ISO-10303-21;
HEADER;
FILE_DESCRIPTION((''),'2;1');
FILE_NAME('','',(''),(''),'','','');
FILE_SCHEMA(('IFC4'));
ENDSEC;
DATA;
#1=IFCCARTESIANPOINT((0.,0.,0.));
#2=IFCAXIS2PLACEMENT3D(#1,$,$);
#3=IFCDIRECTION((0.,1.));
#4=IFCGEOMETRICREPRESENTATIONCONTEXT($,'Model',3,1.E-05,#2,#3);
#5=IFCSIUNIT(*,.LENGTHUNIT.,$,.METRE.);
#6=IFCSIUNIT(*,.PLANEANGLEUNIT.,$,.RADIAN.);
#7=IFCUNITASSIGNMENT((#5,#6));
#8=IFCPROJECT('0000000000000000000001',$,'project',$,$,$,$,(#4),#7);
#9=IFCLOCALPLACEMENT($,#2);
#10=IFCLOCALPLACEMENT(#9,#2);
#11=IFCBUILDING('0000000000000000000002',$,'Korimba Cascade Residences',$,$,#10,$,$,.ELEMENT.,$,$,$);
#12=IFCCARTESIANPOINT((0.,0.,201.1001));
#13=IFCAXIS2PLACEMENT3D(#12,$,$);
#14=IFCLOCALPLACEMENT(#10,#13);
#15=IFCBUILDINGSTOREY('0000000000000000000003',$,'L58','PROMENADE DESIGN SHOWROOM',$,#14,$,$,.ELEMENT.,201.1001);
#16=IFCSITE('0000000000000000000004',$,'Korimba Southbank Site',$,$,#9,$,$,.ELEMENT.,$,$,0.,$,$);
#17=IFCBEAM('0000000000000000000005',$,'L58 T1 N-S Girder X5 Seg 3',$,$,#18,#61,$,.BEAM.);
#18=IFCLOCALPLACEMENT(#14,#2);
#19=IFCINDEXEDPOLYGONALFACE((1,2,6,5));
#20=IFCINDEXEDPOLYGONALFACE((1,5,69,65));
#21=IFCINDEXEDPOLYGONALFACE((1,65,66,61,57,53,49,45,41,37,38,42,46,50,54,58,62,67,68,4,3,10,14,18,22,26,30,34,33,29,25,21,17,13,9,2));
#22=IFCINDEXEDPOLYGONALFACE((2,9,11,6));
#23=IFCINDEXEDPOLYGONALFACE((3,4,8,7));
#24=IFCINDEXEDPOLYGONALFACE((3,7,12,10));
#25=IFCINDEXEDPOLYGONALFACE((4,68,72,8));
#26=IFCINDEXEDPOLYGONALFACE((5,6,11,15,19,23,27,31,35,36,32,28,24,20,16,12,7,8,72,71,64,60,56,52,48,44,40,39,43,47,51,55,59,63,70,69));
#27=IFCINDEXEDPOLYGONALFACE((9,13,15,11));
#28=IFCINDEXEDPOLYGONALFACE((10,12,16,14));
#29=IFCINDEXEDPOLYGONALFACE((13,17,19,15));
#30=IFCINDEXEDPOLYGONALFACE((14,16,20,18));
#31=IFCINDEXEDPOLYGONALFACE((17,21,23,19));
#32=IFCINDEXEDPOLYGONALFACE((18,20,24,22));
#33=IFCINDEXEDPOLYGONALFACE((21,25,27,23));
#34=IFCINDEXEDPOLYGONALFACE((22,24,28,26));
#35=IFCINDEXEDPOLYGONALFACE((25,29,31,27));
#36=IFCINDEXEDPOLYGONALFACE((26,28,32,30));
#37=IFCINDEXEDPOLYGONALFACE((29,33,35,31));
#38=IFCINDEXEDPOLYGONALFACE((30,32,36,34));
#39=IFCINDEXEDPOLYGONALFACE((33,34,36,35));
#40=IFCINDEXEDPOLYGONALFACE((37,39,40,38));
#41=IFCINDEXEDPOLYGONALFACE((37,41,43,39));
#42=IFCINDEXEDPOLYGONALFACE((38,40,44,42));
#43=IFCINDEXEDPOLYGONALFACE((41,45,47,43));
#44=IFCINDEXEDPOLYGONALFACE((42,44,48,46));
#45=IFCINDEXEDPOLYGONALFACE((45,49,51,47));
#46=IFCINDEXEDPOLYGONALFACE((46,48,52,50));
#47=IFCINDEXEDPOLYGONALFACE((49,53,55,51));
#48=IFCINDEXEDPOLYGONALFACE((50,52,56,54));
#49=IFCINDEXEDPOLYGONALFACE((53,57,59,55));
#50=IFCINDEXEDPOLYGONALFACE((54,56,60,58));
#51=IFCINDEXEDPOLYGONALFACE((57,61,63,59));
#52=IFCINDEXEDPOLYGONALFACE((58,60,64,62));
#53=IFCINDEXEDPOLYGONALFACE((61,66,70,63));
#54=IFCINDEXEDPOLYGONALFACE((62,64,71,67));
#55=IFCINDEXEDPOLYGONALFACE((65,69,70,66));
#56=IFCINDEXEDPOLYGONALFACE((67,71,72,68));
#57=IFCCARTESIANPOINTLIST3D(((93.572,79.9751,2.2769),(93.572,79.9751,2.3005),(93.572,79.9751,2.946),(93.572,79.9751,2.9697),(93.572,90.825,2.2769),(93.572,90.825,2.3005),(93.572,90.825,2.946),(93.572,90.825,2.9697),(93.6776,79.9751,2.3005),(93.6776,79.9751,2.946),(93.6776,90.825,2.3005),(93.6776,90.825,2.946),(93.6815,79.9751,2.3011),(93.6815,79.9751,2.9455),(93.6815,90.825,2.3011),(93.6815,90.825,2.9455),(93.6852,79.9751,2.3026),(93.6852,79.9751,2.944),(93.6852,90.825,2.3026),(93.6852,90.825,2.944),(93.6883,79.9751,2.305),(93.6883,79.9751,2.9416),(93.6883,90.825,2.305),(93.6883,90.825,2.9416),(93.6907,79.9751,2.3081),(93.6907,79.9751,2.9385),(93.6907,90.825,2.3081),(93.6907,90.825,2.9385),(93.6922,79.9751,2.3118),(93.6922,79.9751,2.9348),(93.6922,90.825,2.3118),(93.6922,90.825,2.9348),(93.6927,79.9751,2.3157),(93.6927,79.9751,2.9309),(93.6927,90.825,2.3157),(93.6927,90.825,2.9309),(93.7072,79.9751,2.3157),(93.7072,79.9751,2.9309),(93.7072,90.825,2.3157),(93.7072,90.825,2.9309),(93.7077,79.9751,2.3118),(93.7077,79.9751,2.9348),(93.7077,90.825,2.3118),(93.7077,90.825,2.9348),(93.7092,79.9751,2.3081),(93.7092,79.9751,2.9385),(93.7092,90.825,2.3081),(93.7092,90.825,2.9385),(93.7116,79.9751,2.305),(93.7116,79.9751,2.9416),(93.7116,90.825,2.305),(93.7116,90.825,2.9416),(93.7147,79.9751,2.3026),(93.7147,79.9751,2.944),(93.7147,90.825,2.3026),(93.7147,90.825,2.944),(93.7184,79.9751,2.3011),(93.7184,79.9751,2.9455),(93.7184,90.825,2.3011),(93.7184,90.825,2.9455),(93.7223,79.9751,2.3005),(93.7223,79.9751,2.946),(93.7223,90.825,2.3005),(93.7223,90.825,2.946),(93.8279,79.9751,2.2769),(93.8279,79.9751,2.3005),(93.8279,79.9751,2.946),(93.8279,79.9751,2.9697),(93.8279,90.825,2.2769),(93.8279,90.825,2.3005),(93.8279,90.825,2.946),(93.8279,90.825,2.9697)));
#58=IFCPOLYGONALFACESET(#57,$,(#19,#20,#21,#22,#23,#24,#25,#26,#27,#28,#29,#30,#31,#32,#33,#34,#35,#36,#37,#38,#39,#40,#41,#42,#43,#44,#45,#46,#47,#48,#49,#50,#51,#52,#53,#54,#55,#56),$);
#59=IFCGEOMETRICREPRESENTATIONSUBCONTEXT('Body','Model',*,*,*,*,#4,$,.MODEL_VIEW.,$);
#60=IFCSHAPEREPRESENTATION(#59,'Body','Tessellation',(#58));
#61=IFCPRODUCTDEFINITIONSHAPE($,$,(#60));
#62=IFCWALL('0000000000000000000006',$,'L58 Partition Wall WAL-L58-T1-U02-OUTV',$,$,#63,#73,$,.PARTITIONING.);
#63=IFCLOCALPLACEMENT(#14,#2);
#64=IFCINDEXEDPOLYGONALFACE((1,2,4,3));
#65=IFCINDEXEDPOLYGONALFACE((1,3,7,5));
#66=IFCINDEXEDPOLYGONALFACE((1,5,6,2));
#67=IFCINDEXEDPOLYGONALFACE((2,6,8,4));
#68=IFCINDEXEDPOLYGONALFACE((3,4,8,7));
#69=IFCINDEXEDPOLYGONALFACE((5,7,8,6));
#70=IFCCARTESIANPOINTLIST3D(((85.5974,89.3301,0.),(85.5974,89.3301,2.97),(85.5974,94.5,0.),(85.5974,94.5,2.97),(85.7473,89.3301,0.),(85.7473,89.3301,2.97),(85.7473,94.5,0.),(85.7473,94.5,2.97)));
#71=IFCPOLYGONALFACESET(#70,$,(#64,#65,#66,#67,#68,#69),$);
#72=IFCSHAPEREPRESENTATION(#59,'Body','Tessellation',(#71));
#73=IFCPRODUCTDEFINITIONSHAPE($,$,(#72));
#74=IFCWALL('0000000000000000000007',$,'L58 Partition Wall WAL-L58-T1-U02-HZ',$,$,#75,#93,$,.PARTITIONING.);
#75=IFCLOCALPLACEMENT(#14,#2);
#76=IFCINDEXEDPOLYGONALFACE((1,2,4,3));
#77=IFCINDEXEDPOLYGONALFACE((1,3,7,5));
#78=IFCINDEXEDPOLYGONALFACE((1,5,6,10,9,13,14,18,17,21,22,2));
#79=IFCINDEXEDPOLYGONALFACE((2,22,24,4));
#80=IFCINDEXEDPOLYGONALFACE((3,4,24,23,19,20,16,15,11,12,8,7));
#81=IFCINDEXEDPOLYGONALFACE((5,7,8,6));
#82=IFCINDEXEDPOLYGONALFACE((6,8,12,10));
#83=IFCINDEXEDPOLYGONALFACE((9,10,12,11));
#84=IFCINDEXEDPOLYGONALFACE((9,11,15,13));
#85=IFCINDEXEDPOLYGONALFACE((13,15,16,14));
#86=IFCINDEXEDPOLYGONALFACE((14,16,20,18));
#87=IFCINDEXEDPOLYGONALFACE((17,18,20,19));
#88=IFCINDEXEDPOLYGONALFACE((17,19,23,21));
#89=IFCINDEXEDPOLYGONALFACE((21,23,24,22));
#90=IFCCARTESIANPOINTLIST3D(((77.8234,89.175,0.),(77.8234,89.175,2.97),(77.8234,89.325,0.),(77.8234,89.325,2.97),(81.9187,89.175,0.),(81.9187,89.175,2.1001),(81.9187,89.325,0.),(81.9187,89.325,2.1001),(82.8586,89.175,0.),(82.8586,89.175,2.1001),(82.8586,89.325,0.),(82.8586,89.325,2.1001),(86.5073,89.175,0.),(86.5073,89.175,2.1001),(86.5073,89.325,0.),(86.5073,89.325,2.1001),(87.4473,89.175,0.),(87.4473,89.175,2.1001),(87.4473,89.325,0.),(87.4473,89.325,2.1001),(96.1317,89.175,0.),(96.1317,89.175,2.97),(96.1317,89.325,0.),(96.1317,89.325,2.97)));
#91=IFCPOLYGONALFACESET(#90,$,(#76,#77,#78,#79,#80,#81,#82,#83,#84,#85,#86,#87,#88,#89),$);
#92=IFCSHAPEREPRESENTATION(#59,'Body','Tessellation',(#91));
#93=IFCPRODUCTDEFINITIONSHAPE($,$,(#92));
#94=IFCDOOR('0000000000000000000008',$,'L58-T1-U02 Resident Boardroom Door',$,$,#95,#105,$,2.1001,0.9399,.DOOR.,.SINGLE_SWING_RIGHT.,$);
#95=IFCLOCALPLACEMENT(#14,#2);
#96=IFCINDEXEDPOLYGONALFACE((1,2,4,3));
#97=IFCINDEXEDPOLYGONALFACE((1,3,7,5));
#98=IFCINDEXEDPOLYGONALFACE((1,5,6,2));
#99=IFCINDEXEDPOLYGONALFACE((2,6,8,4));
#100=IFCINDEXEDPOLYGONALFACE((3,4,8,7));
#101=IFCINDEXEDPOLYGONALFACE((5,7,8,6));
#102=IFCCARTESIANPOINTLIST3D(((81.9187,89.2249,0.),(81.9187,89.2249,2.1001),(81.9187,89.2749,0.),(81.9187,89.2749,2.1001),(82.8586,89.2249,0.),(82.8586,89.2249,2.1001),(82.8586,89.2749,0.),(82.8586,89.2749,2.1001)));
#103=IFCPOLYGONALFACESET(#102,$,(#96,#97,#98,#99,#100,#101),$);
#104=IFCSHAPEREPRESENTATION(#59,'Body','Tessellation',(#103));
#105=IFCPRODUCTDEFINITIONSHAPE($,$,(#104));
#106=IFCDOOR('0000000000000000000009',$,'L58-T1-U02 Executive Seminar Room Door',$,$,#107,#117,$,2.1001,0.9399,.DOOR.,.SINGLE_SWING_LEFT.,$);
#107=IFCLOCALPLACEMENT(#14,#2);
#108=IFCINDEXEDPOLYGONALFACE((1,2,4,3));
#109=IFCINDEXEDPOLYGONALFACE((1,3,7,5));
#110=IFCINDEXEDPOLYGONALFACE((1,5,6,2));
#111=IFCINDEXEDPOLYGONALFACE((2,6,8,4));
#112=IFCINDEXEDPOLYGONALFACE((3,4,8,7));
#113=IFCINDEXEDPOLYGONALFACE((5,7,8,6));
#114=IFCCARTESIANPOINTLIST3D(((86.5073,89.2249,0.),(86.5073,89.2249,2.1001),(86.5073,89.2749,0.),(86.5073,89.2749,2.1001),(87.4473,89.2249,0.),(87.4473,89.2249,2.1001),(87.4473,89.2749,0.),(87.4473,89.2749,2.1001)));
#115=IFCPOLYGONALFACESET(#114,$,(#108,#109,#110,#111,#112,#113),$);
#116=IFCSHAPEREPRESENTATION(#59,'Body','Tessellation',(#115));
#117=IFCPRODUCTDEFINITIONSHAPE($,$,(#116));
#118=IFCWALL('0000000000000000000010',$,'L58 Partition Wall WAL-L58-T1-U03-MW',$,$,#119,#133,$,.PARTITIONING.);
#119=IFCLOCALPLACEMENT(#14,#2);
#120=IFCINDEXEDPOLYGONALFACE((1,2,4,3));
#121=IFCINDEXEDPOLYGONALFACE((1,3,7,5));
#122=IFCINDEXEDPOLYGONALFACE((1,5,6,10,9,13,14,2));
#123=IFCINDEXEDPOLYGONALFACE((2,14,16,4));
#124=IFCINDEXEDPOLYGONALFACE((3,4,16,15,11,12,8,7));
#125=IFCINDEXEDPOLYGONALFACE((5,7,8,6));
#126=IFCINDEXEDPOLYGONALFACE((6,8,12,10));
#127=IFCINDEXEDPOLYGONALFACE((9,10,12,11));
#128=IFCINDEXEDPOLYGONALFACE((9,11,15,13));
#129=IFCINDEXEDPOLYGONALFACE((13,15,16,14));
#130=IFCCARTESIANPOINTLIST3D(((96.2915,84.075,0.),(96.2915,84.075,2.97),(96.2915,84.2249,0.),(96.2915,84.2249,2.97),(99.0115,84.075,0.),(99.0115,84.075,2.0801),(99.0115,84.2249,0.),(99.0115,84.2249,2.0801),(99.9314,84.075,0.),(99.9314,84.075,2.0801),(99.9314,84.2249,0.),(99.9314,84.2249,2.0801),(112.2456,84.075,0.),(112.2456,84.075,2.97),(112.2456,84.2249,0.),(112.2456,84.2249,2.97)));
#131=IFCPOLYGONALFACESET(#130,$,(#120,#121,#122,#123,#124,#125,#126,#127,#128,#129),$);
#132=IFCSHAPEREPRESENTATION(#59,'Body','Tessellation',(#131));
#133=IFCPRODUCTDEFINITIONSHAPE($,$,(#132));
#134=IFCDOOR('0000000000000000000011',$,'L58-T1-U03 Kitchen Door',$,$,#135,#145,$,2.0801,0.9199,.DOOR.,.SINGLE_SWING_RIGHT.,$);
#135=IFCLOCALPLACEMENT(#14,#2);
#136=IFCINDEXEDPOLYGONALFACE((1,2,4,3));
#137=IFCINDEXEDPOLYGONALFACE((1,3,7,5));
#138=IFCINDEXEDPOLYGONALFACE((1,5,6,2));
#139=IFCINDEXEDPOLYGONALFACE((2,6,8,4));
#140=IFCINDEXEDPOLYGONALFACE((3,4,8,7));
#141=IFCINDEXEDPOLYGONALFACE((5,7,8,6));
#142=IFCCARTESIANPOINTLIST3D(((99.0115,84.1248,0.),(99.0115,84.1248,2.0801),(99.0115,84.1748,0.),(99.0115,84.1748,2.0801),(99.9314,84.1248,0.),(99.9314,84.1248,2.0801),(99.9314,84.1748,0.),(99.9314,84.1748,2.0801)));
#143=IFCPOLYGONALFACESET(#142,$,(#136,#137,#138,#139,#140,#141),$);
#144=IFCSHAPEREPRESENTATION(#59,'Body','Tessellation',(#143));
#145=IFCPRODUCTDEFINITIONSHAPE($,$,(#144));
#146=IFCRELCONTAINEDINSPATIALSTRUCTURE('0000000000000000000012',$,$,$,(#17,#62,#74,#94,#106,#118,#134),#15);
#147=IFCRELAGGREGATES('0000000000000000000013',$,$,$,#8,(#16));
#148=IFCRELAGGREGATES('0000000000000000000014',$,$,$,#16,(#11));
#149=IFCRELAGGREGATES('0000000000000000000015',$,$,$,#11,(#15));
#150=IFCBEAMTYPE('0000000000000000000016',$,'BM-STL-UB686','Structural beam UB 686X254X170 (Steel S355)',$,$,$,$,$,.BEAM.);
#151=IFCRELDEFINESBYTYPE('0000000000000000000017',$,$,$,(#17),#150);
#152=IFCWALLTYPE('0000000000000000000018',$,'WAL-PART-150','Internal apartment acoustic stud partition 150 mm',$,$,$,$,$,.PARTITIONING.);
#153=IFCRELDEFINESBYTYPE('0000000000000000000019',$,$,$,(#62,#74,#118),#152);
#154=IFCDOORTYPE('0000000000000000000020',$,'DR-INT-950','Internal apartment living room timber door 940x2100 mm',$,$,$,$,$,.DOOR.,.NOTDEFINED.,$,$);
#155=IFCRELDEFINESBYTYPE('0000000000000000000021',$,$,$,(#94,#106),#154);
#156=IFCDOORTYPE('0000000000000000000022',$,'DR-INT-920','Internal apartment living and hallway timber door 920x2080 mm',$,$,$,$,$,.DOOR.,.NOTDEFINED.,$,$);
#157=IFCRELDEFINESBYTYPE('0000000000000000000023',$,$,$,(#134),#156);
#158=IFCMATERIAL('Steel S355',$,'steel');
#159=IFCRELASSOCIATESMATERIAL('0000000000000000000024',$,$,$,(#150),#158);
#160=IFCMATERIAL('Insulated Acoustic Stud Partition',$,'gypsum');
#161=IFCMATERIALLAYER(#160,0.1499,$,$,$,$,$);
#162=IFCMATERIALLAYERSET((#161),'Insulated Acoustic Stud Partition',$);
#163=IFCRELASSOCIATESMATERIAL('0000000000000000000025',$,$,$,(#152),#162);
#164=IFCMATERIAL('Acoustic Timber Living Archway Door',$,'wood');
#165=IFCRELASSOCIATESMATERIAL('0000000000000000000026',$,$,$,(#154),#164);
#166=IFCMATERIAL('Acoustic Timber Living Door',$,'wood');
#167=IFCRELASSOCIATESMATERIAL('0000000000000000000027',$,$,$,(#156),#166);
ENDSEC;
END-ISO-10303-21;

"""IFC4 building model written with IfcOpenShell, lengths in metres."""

from ifc_helpers import new_model, si_unit, direction, frame, frame_2d, origin, origin_2d, place, context, subcontext, project, spatial, rectangle, i_section, extrude, material, layer, layer_set, material_profile, profile_set, type_object, element, fill, save


model = new_model("IFC4")

# Units and contexts
model_context = context("Model", 3, precision=1e-05, world=origin(), true_north=direction((0.0, 1.0)))
body_context = subcontext(model_context, "Body", "Model", "MODEL_VIEW")
ifc_project = project(units=[si_unit("LENGTHUNIT", "METRE"), si_unit("PLANEANGLEUNIT", "RADIAN")], contexts=[model_context])

# Site, building, storey
site_placement = place(None, origin())
site = spatial("IfcSite", under=ifc_project, at=site_placement, Name="Korimba Southbank Site", CompositionType="ELEMENT", RefElevation=0.0)
building_placement = place(site_placement, origin())
building = spatial("IfcBuilding", under=site, at=building_placement, Name="Korimba Cascade Residences", CompositionType="ELEMENT")
storey_placement = place(building_placement, frame((0.0, 0.0, 201.1001)))
storey = spatial("IfcBuildingStorey", under=building, at=storey_placement, Name="L58", Description="PROMENADE DESIGN SHOWROOM", CompositionType="ELEMENT", Elevation=201.1001)

# Beam
ifc_material_1 = material(Name="Steel S355", Category="steel")
ifc_material_profile_1 = material_profile(ifc_material_1, i_section(OverallWidth=0.2559, OverallDepth=0.6929, WebThickness=0.0144, FlangeThickness=0.0237, FilletRadius=0.0151, at=origin_2d()), Name="Steel S355")
ifc_profile_set_1 = profile_set([ifc_material_profile_1], Name="Steel S355")
beam_type_1 = type_object("IfcBeamType", Name="BM-STL-UB686", Description="Structural beam UB 686X254X170 (Steel S355)", PredefinedType="BEAM", material=ifc_profile_set_1)
beam_1_placement = place(storey_placement, frame((93.7, 79.9751, 2.6233), z_axis=(0.0, 1.0, 0.0), x_axis=(-1.0, 0.0, 0.0)))
element("IfcBeam", 1, at=beam_1_placement, inside=storey, type_object=beam_type_1, Name="L58 T1 N-S Girder X5 Seg 3", PredefinedType="BEAM", context=body_context, shape_type="SweptSolid", body=[
    extrude(i_section(OverallWidth=0.2559, OverallDepth=0.6929, WebThickness=0.0144, FlangeThickness=0.0237, FilletRadius=0.0151, at=origin_2d()), origin(), (0.0, 0.0, 1.0), 10.8499),
])

# Wall
ifc_material_2 = material(Name="Insulated Acoustic Stud Partition", Category="gypsum")
ifc_layer = layer(ifc_material_2, 0.1499)
ifc_layer_set = layer_set([ifc_layer], Name="Insulated Acoustic Stud Partition")
wall_type = type_object("IfcWallType", Name="WAL-PART-150", Description="Internal apartment acoustic stud partition 150 mm", PredefinedType="PARTITIONING", material=ifc_layer_set)
wall_1_placement = place(storey_placement, frame((85.6724, 89.3301, 0.0), z_axis=(0.0, 0.0, 1.0), x_axis=(0.0, 1.0, 0.0)))
element("IfcWall", 2, at=wall_1_placement, inside=storey, type_object=wall_type, Name="L58 Partition Wall WAL-L58-T1-U02-OUTV", PredefinedType="PARTITIONING", context=body_context, shape_type="SweptSolid", body=[
    extrude(rectangle(XDim=5.1699, YDim=0.1499, at=frame_2d((2.585, 0.0))), origin(), (0.0, 0.0, 1.0), 2.97),
])

# Wall, openings, doors
wall_2_placement = place(storey_placement, frame((77.8232, 89.25, 0.0), z_axis=(0.0, 0.0, 1.0), x_axis=(1.0, 0.0, 0.0)))
wall_2 = element("IfcWall", 3, at=wall_2_placement, inside=storey, type_object=wall_type, Name="L58 Partition Wall WAL-L58-T1-U02-HZ", PredefinedType="PARTITIONING", context=body_context, shape_type="SweptSolid", body=[
    extrude(rectangle(XDim=18.3083, YDim=0.1499, at=frame_2d((9.1543, 0.0))), origin(), (0.0, 0.0, 1.0), 2.97),
])
opening_1_placement = place(wall_2_placement, frame((4.0955, 0.0, 0.0)))
opening_1 = element("IfcOpeningElement", 4, at=opening_1_placement, cuts=wall_2, PredefinedType="OPENING", context=body_context, shape_type="SweptSolid", body=[
    extrude(rectangle(XDim=0.9399, YDim=2.1001, at=frame_2d((0.47, 1.05))), frame((0.0, 0.085, 0.0), z_axis=(0.0, -1.0, 0.0), x_axis=(1.0, 0.0, 0.0)), (0.0, 0.0, 1.0), 0.1699),
])
opening_2_placement = place(wall_2_placement, frame((8.6841, 0.0, 0.0)))
opening_2 = element("IfcOpeningElement", 5, at=opening_2_placement, cuts=wall_2, PredefinedType="OPENING", context=body_context, shape_type="SweptSolid", body=[
    extrude(rectangle(XDim=0.9399, YDim=2.1001, at=frame_2d((0.47, 1.05))), frame((0.0, 0.085, 0.0), z_axis=(0.0, -1.0, 0.0), x_axis=(1.0, 0.0, 0.0)), (0.0, 0.0, 1.0), 0.1699),
])
ifc_material_3 = material(Name="Acoustic Timber Living Archway Door", Category="wood")
door_type_1 = type_object("IfcDoorType", Name="DR-INT-950", Description="Internal apartment living room timber door 940x2100 mm", OperationType="NOTDEFINED", PredefinedType="DOOR", material=ifc_material_3)
door_1_placement = place(opening_1_placement, origin())
door_1 = element("IfcDoor", 6, at=door_1_placement, inside=storey, type_object=door_type_1, Name="L58-T1-U02 Resident Boardroom Door", OperationType="SINGLE_SWING_RIGHT", OverallHeight=2.1001, OverallWidth=0.9399, PredefinedType="DOOR", context=body_context, shape_type="SweptSolid", body=[
    extrude(rectangle(XDim=0.9399, YDim=2.1001, at=frame_2d((0.47, 1.05))), frame((0.0, 0.0249, 0.0), z_axis=(0.0, -1.0, 0.0), x_axis=(1.0, 0.0, 0.0)), (0.0, 0.0, 1.0), 0.05),
])
fill(opening_1, door_1)
door_2_placement = place(opening_2_placement, origin())
door_2 = element("IfcDoor", 7, at=door_2_placement, inside=storey, type_object=door_type_1, Name="L58-T1-U02 Executive Seminar Room Door", OperationType="SINGLE_SWING_LEFT", OverallHeight=2.1001, OverallWidth=0.9399, PredefinedType="DOOR", context=body_context, shape_type="SweptSolid", body=[
    extrude(rectangle(XDim=0.9399, YDim=2.1001, at=frame_2d((0.47, 1.05))), frame((0.0, 0.0249, 0.0), z_axis=(0.0, -1.0, 0.0), x_axis=(1.0, 0.0, 0.0)), (0.0, 0.0, 1.0), 0.05),
])
fill(opening_2, door_2)

# Wall, opening, door
wall_3_placement = place(storey_placement, frame((96.2915, 84.1499, 0.0), z_axis=(0.0, 0.0, 1.0), x_axis=(1.0, 0.0, 0.0)))
wall_3 = element("IfcWall", 8, at=wall_3_placement, inside=storey, type_object=wall_type, Name="L58 Partition Wall WAL-L58-T1-U03-MW", PredefinedType="PARTITIONING", context=body_context, shape_type="SweptSolid", body=[
    extrude(rectangle(XDim=15.9541, YDim=0.1499, at=frame_2d((7.9771, 0.0))), origin(), (0.0, 0.0, 1.0), 2.97),
])
opening_3_placement = place(wall_3_placement, frame((2.72, 0.0, 0.0)))
opening_3 = element("IfcOpeningElement", 9, at=opening_3_placement, cuts=wall_3, PredefinedType="OPENING", context=body_context, shape_type="SweptSolid", body=[
    extrude(rectangle(XDim=0.9199, YDim=2.0801, at=frame_2d((0.46, 1.04))), frame((0.0, 0.085, 0.0), z_axis=(0.0, -1.0, 0.0), x_axis=(1.0, 0.0, 0.0)), (0.0, 0.0, 1.0), 0.1699),
])
ifc_material_4 = material(Name="Acoustic Timber Living Door", Category="wood")
door_type_2 = type_object("IfcDoorType", Name="DR-INT-920", Description="Internal apartment living and hallway timber door 920x2080 mm", OperationType="NOTDEFINED", PredefinedType="DOOR", material=ifc_material_4)
door_3_placement = place(opening_3_placement, origin())
door_3 = element("IfcDoor", 10, at=door_3_placement, inside=storey, type_object=door_type_2, Name="L58-T1-U03 Kitchen Door", OperationType="SINGLE_SWING_RIGHT", OverallHeight=2.0801, OverallWidth=0.9199, PredefinedType="DOOR", context=body_context, shape_type="SweptSolid", body=[
    extrude(rectangle(XDim=0.9199, YDim=2.0801, at=frame_2d((0.46, 1.04))), frame((0.0, 0.0249, 0.0), z_axis=(0.0, -1.0, 0.0), x_axis=(1.0, 0.0, 0.0)), (0.0, 0.0, 1.0), 0.05),
])
fill(opening_3, door_3)

save(model, "model.ifc")
